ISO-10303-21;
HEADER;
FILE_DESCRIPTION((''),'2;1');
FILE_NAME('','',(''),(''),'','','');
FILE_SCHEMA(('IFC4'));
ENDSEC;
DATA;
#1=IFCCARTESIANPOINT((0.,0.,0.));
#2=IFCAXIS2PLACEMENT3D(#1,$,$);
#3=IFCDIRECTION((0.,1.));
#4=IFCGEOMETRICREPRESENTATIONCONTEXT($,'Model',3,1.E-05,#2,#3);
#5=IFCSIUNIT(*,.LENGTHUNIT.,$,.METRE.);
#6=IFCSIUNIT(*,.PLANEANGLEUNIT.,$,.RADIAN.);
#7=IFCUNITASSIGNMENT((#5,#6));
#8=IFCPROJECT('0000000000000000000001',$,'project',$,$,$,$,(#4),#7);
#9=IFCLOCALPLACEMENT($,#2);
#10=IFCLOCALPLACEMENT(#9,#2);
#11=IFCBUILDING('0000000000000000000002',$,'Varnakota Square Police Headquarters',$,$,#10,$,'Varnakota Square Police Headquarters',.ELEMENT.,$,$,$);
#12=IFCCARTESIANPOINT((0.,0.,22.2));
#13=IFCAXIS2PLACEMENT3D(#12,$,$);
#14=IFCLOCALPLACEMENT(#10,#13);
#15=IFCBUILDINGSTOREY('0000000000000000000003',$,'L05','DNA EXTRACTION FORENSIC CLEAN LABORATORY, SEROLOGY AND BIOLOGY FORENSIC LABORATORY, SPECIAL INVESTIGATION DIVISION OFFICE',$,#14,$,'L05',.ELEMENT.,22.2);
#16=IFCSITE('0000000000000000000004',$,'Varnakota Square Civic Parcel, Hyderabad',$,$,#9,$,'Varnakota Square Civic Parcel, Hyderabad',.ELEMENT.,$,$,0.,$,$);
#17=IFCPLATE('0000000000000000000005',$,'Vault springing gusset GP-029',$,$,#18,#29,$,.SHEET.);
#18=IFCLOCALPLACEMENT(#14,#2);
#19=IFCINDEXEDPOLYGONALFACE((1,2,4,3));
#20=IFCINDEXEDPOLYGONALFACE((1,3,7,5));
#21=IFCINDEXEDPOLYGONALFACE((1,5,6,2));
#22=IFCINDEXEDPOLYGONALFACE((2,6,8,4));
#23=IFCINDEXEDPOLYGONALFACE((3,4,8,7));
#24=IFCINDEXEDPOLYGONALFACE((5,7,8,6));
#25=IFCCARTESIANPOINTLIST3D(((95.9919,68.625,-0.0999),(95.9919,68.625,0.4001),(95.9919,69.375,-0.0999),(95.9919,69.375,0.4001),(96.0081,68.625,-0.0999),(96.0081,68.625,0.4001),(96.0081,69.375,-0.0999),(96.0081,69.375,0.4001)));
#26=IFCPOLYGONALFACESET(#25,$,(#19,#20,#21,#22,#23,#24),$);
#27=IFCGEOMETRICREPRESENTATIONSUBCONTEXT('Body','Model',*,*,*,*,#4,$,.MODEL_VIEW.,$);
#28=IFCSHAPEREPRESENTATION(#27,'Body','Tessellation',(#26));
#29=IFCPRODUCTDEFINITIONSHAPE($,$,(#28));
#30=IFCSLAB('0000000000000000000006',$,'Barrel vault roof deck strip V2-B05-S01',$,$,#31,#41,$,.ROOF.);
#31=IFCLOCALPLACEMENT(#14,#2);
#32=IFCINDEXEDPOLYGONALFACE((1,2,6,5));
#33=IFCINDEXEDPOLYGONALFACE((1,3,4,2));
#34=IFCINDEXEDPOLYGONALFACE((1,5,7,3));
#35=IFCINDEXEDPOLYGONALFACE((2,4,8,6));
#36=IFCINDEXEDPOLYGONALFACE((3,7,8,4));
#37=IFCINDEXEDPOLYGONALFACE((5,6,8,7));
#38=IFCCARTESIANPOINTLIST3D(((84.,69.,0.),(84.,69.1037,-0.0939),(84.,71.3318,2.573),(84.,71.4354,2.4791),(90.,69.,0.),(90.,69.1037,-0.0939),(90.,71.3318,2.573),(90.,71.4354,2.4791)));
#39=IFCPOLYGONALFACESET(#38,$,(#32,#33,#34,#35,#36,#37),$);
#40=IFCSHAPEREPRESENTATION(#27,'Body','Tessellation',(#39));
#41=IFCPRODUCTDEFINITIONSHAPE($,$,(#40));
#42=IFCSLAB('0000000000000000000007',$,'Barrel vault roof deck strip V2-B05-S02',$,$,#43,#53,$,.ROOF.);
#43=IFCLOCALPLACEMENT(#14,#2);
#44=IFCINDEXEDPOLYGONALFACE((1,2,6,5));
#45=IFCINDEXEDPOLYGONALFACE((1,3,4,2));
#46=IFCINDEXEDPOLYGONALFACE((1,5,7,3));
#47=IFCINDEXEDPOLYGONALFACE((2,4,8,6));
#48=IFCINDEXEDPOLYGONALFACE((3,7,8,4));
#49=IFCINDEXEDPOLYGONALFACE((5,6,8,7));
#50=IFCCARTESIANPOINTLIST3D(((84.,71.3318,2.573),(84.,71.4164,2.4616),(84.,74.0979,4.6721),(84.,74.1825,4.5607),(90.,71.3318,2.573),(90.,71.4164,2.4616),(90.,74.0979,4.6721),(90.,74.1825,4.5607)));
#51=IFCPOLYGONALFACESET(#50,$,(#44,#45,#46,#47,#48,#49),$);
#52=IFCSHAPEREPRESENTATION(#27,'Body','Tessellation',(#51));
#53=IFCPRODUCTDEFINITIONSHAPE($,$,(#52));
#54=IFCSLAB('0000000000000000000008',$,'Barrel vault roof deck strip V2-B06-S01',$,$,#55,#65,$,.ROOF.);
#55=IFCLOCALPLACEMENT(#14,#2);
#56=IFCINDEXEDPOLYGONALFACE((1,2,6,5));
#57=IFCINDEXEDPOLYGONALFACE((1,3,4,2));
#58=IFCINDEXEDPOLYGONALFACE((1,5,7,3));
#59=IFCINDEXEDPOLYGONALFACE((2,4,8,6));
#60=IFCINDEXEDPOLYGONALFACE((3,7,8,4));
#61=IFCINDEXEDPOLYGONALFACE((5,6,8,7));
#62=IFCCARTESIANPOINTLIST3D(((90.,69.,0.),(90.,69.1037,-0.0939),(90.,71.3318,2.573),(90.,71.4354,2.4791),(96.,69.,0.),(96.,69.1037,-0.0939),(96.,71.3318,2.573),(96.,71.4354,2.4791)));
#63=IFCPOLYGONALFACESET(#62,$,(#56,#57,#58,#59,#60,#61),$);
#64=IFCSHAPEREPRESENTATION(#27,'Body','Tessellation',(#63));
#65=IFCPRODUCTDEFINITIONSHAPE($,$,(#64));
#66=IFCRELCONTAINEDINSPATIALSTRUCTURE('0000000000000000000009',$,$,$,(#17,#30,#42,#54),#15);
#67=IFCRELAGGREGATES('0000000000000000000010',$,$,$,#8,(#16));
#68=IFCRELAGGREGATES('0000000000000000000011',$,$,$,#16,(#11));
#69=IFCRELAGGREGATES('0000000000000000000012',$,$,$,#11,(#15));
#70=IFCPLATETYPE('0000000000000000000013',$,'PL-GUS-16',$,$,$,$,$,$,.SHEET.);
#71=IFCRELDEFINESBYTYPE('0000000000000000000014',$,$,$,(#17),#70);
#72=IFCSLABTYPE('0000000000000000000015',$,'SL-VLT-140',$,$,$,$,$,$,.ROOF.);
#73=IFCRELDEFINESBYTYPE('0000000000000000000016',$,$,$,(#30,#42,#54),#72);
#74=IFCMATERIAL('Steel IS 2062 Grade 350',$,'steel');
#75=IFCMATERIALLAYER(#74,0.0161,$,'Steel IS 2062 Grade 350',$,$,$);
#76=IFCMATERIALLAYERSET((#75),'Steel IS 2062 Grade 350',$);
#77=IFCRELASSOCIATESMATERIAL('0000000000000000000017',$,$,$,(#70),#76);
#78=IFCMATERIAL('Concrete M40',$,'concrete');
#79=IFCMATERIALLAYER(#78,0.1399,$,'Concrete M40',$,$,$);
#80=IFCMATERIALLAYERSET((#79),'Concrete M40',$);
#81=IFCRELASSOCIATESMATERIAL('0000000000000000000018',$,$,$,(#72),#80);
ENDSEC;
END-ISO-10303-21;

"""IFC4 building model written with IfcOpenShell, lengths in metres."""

from ifc_helpers import new_model, si_unit, direction, frame, origin, origin_2d, place, context, subcontext, project, spatial, polyline, rectangle, outline, extrude, material, layer, layer_set, type_object, element, save


model = new_model("IFC4")

# Units and contexts
model_context = context("Model", 3, precision=1e-05, world=origin(), true_north=direction((0.0, 1.0)))
body_context = subcontext(model_context, "Body", "Model", "MODEL_VIEW")
ifc_project = project(units=[si_unit("LENGTHUNIT", "METRE"), si_unit("PLANEANGLEUNIT", "RADIAN")], contexts=[model_context])

# Site, building, storey
site_placement = place(None, origin())
site = spatial("IfcSite", under=ifc_project, at=site_placement, Name="Varnakota Square Civic Parcel, Hyderabad", LongName="Varnakota Square Civic Parcel, Hyderabad", CompositionType="ELEMENT", RefElevation=0.0)
building_placement = place(site_placement, origin())
building = spatial("IfcBuilding", under=site, at=building_placement, Name="Varnakota Square Police Headquarters", LongName="Varnakota Square Police Headquarters", CompositionType="ELEMENT")
storey_placement = place(building_placement, frame((0.0, 0.0, 22.2)))
storey = spatial("IfcBuildingStorey", under=building, at=storey_placement, Name="L05", Description="DNA EXTRACTION FORENSIC CLEAN LABORATORY, SEROLOGY AND BIOLOGY FORENSIC LABORATORY, SPECIAL INVESTIGATION DIVISION OFFICE", LongName="L05", CompositionType="ELEMENT", Elevation=22.2)

# Shared definitions
ifc_material_1 = material(Name="Steel IS 2062 Grade 350", Category="steel")

# Plate
ifc_layer_1 = layer(ifc_material_1, 0.0161, Name="Steel IS 2062 Grade 350")
ifc_layer_set_1 = layer_set([ifc_layer_1], Name="Steel IS 2062 Grade 350")
plate_type_1 = type_object("IfcPlateType", Name="PL-GUS-16", PredefinedType="SHEET", material=ifc_layer_set_1)
for number, where, z_axis, x_axis, name in (
    (1, (96.0, 69.0, -0.0999), (0.0, 0.0, 1.0), (1.0, 0.0, 0.0), "Vault springing gusset GP-029"),
):
    element("IfcPlate", number, at=place(storey_placement, frame(where, z_axis=z_axis, x_axis=x_axis)), inside=storey, type_object=plate_type_1, Name=name, PredefinedType="SHEET", context=body_context, shape_type="SweptSolid", body=[
        extrude(rectangle(XDim=0.0161, YDim=0.75, at=origin_2d()), origin(), (0.0, 0.0, 1.0), 0.5),
    ])

# Slabs
ifc_material_2 = material(Name="Concrete M40", Category="concrete")
ifc_layer_2 = layer(ifc_material_2, 0.1399, Name="Concrete M40")
ifc_layer_set_2 = layer_set([ifc_layer_2], Name="Concrete M40")
slab_type = type_object("IfcSlabType", Name="SL-VLT-140", PredefinedType="ROOF", material=ifc_layer_set_2)
slab_1_placement = place(storey_placement, frame((84.0, 69.0, 0.0), z_axis=(0.0, -0.740986, 0.671521), x_axis=(1.0, 0.0, 0.0)))
element("IfcSlab", 2, at=slab_1_placement, inside=storey, type_object=slab_type, Name="Barrel vault roof deck strip V2-B05-S01", PredefinedType="ROOF", context=body_context, shape_type="SweptSolid", body=[
    extrude(outline(polyline([(0.0, 0.0), (6.0, 0.0), (6.0, 3.4724), (0.0, 3.4724), (0.0, 0.0)])), origin(), (0.0, 0.0, -1.0), 0.1399),
])
slab_2_placement = place(storey_placement, frame((84.0, 71.3318, 2.573), z_axis=(0.0, -0.604513, 0.796596), x_axis=(1.0, 0.0, 0.0)))
element("IfcSlab", 3, at=slab_2_placement, inside=storey, type_object=slab_type, Name="Barrel vault roof deck strip V2-B05-S02", PredefinedType="ROOF", context=body_context, shape_type="SweptSolid", body=[
    extrude(outline(polyline([(0.0, 0.0), (6.0, 0.0), (6.0, 3.4724), (0.0, 3.4724), (0.0, 0.0)])), origin(), (0.0, 0.0, -1.0), 0.1399),
])
slab_3_placement = place(storey_placement, frame((90.0, 69.0, 0.0), z_axis=(0.0, -0.740986, 0.671521), x_axis=(1.0, 0.0, 0.0)))
element("IfcSlab", 4, at=slab_3_placement, inside=storey, type_object=slab_type, Name="Barrel vault roof deck strip V2-B06-S01", PredefinedType="ROOF", context=body_context, shape_type="SweptSolid", body=[
    extrude(outline(polyline([(0.0, 0.0), (6.0, 0.0), (6.0, 3.4724), (0.0, 3.4724), (0.0, 0.0)])), origin(), (0.0, 0.0, -1.0), 0.1399),
])

save(model, "model.ifc")
